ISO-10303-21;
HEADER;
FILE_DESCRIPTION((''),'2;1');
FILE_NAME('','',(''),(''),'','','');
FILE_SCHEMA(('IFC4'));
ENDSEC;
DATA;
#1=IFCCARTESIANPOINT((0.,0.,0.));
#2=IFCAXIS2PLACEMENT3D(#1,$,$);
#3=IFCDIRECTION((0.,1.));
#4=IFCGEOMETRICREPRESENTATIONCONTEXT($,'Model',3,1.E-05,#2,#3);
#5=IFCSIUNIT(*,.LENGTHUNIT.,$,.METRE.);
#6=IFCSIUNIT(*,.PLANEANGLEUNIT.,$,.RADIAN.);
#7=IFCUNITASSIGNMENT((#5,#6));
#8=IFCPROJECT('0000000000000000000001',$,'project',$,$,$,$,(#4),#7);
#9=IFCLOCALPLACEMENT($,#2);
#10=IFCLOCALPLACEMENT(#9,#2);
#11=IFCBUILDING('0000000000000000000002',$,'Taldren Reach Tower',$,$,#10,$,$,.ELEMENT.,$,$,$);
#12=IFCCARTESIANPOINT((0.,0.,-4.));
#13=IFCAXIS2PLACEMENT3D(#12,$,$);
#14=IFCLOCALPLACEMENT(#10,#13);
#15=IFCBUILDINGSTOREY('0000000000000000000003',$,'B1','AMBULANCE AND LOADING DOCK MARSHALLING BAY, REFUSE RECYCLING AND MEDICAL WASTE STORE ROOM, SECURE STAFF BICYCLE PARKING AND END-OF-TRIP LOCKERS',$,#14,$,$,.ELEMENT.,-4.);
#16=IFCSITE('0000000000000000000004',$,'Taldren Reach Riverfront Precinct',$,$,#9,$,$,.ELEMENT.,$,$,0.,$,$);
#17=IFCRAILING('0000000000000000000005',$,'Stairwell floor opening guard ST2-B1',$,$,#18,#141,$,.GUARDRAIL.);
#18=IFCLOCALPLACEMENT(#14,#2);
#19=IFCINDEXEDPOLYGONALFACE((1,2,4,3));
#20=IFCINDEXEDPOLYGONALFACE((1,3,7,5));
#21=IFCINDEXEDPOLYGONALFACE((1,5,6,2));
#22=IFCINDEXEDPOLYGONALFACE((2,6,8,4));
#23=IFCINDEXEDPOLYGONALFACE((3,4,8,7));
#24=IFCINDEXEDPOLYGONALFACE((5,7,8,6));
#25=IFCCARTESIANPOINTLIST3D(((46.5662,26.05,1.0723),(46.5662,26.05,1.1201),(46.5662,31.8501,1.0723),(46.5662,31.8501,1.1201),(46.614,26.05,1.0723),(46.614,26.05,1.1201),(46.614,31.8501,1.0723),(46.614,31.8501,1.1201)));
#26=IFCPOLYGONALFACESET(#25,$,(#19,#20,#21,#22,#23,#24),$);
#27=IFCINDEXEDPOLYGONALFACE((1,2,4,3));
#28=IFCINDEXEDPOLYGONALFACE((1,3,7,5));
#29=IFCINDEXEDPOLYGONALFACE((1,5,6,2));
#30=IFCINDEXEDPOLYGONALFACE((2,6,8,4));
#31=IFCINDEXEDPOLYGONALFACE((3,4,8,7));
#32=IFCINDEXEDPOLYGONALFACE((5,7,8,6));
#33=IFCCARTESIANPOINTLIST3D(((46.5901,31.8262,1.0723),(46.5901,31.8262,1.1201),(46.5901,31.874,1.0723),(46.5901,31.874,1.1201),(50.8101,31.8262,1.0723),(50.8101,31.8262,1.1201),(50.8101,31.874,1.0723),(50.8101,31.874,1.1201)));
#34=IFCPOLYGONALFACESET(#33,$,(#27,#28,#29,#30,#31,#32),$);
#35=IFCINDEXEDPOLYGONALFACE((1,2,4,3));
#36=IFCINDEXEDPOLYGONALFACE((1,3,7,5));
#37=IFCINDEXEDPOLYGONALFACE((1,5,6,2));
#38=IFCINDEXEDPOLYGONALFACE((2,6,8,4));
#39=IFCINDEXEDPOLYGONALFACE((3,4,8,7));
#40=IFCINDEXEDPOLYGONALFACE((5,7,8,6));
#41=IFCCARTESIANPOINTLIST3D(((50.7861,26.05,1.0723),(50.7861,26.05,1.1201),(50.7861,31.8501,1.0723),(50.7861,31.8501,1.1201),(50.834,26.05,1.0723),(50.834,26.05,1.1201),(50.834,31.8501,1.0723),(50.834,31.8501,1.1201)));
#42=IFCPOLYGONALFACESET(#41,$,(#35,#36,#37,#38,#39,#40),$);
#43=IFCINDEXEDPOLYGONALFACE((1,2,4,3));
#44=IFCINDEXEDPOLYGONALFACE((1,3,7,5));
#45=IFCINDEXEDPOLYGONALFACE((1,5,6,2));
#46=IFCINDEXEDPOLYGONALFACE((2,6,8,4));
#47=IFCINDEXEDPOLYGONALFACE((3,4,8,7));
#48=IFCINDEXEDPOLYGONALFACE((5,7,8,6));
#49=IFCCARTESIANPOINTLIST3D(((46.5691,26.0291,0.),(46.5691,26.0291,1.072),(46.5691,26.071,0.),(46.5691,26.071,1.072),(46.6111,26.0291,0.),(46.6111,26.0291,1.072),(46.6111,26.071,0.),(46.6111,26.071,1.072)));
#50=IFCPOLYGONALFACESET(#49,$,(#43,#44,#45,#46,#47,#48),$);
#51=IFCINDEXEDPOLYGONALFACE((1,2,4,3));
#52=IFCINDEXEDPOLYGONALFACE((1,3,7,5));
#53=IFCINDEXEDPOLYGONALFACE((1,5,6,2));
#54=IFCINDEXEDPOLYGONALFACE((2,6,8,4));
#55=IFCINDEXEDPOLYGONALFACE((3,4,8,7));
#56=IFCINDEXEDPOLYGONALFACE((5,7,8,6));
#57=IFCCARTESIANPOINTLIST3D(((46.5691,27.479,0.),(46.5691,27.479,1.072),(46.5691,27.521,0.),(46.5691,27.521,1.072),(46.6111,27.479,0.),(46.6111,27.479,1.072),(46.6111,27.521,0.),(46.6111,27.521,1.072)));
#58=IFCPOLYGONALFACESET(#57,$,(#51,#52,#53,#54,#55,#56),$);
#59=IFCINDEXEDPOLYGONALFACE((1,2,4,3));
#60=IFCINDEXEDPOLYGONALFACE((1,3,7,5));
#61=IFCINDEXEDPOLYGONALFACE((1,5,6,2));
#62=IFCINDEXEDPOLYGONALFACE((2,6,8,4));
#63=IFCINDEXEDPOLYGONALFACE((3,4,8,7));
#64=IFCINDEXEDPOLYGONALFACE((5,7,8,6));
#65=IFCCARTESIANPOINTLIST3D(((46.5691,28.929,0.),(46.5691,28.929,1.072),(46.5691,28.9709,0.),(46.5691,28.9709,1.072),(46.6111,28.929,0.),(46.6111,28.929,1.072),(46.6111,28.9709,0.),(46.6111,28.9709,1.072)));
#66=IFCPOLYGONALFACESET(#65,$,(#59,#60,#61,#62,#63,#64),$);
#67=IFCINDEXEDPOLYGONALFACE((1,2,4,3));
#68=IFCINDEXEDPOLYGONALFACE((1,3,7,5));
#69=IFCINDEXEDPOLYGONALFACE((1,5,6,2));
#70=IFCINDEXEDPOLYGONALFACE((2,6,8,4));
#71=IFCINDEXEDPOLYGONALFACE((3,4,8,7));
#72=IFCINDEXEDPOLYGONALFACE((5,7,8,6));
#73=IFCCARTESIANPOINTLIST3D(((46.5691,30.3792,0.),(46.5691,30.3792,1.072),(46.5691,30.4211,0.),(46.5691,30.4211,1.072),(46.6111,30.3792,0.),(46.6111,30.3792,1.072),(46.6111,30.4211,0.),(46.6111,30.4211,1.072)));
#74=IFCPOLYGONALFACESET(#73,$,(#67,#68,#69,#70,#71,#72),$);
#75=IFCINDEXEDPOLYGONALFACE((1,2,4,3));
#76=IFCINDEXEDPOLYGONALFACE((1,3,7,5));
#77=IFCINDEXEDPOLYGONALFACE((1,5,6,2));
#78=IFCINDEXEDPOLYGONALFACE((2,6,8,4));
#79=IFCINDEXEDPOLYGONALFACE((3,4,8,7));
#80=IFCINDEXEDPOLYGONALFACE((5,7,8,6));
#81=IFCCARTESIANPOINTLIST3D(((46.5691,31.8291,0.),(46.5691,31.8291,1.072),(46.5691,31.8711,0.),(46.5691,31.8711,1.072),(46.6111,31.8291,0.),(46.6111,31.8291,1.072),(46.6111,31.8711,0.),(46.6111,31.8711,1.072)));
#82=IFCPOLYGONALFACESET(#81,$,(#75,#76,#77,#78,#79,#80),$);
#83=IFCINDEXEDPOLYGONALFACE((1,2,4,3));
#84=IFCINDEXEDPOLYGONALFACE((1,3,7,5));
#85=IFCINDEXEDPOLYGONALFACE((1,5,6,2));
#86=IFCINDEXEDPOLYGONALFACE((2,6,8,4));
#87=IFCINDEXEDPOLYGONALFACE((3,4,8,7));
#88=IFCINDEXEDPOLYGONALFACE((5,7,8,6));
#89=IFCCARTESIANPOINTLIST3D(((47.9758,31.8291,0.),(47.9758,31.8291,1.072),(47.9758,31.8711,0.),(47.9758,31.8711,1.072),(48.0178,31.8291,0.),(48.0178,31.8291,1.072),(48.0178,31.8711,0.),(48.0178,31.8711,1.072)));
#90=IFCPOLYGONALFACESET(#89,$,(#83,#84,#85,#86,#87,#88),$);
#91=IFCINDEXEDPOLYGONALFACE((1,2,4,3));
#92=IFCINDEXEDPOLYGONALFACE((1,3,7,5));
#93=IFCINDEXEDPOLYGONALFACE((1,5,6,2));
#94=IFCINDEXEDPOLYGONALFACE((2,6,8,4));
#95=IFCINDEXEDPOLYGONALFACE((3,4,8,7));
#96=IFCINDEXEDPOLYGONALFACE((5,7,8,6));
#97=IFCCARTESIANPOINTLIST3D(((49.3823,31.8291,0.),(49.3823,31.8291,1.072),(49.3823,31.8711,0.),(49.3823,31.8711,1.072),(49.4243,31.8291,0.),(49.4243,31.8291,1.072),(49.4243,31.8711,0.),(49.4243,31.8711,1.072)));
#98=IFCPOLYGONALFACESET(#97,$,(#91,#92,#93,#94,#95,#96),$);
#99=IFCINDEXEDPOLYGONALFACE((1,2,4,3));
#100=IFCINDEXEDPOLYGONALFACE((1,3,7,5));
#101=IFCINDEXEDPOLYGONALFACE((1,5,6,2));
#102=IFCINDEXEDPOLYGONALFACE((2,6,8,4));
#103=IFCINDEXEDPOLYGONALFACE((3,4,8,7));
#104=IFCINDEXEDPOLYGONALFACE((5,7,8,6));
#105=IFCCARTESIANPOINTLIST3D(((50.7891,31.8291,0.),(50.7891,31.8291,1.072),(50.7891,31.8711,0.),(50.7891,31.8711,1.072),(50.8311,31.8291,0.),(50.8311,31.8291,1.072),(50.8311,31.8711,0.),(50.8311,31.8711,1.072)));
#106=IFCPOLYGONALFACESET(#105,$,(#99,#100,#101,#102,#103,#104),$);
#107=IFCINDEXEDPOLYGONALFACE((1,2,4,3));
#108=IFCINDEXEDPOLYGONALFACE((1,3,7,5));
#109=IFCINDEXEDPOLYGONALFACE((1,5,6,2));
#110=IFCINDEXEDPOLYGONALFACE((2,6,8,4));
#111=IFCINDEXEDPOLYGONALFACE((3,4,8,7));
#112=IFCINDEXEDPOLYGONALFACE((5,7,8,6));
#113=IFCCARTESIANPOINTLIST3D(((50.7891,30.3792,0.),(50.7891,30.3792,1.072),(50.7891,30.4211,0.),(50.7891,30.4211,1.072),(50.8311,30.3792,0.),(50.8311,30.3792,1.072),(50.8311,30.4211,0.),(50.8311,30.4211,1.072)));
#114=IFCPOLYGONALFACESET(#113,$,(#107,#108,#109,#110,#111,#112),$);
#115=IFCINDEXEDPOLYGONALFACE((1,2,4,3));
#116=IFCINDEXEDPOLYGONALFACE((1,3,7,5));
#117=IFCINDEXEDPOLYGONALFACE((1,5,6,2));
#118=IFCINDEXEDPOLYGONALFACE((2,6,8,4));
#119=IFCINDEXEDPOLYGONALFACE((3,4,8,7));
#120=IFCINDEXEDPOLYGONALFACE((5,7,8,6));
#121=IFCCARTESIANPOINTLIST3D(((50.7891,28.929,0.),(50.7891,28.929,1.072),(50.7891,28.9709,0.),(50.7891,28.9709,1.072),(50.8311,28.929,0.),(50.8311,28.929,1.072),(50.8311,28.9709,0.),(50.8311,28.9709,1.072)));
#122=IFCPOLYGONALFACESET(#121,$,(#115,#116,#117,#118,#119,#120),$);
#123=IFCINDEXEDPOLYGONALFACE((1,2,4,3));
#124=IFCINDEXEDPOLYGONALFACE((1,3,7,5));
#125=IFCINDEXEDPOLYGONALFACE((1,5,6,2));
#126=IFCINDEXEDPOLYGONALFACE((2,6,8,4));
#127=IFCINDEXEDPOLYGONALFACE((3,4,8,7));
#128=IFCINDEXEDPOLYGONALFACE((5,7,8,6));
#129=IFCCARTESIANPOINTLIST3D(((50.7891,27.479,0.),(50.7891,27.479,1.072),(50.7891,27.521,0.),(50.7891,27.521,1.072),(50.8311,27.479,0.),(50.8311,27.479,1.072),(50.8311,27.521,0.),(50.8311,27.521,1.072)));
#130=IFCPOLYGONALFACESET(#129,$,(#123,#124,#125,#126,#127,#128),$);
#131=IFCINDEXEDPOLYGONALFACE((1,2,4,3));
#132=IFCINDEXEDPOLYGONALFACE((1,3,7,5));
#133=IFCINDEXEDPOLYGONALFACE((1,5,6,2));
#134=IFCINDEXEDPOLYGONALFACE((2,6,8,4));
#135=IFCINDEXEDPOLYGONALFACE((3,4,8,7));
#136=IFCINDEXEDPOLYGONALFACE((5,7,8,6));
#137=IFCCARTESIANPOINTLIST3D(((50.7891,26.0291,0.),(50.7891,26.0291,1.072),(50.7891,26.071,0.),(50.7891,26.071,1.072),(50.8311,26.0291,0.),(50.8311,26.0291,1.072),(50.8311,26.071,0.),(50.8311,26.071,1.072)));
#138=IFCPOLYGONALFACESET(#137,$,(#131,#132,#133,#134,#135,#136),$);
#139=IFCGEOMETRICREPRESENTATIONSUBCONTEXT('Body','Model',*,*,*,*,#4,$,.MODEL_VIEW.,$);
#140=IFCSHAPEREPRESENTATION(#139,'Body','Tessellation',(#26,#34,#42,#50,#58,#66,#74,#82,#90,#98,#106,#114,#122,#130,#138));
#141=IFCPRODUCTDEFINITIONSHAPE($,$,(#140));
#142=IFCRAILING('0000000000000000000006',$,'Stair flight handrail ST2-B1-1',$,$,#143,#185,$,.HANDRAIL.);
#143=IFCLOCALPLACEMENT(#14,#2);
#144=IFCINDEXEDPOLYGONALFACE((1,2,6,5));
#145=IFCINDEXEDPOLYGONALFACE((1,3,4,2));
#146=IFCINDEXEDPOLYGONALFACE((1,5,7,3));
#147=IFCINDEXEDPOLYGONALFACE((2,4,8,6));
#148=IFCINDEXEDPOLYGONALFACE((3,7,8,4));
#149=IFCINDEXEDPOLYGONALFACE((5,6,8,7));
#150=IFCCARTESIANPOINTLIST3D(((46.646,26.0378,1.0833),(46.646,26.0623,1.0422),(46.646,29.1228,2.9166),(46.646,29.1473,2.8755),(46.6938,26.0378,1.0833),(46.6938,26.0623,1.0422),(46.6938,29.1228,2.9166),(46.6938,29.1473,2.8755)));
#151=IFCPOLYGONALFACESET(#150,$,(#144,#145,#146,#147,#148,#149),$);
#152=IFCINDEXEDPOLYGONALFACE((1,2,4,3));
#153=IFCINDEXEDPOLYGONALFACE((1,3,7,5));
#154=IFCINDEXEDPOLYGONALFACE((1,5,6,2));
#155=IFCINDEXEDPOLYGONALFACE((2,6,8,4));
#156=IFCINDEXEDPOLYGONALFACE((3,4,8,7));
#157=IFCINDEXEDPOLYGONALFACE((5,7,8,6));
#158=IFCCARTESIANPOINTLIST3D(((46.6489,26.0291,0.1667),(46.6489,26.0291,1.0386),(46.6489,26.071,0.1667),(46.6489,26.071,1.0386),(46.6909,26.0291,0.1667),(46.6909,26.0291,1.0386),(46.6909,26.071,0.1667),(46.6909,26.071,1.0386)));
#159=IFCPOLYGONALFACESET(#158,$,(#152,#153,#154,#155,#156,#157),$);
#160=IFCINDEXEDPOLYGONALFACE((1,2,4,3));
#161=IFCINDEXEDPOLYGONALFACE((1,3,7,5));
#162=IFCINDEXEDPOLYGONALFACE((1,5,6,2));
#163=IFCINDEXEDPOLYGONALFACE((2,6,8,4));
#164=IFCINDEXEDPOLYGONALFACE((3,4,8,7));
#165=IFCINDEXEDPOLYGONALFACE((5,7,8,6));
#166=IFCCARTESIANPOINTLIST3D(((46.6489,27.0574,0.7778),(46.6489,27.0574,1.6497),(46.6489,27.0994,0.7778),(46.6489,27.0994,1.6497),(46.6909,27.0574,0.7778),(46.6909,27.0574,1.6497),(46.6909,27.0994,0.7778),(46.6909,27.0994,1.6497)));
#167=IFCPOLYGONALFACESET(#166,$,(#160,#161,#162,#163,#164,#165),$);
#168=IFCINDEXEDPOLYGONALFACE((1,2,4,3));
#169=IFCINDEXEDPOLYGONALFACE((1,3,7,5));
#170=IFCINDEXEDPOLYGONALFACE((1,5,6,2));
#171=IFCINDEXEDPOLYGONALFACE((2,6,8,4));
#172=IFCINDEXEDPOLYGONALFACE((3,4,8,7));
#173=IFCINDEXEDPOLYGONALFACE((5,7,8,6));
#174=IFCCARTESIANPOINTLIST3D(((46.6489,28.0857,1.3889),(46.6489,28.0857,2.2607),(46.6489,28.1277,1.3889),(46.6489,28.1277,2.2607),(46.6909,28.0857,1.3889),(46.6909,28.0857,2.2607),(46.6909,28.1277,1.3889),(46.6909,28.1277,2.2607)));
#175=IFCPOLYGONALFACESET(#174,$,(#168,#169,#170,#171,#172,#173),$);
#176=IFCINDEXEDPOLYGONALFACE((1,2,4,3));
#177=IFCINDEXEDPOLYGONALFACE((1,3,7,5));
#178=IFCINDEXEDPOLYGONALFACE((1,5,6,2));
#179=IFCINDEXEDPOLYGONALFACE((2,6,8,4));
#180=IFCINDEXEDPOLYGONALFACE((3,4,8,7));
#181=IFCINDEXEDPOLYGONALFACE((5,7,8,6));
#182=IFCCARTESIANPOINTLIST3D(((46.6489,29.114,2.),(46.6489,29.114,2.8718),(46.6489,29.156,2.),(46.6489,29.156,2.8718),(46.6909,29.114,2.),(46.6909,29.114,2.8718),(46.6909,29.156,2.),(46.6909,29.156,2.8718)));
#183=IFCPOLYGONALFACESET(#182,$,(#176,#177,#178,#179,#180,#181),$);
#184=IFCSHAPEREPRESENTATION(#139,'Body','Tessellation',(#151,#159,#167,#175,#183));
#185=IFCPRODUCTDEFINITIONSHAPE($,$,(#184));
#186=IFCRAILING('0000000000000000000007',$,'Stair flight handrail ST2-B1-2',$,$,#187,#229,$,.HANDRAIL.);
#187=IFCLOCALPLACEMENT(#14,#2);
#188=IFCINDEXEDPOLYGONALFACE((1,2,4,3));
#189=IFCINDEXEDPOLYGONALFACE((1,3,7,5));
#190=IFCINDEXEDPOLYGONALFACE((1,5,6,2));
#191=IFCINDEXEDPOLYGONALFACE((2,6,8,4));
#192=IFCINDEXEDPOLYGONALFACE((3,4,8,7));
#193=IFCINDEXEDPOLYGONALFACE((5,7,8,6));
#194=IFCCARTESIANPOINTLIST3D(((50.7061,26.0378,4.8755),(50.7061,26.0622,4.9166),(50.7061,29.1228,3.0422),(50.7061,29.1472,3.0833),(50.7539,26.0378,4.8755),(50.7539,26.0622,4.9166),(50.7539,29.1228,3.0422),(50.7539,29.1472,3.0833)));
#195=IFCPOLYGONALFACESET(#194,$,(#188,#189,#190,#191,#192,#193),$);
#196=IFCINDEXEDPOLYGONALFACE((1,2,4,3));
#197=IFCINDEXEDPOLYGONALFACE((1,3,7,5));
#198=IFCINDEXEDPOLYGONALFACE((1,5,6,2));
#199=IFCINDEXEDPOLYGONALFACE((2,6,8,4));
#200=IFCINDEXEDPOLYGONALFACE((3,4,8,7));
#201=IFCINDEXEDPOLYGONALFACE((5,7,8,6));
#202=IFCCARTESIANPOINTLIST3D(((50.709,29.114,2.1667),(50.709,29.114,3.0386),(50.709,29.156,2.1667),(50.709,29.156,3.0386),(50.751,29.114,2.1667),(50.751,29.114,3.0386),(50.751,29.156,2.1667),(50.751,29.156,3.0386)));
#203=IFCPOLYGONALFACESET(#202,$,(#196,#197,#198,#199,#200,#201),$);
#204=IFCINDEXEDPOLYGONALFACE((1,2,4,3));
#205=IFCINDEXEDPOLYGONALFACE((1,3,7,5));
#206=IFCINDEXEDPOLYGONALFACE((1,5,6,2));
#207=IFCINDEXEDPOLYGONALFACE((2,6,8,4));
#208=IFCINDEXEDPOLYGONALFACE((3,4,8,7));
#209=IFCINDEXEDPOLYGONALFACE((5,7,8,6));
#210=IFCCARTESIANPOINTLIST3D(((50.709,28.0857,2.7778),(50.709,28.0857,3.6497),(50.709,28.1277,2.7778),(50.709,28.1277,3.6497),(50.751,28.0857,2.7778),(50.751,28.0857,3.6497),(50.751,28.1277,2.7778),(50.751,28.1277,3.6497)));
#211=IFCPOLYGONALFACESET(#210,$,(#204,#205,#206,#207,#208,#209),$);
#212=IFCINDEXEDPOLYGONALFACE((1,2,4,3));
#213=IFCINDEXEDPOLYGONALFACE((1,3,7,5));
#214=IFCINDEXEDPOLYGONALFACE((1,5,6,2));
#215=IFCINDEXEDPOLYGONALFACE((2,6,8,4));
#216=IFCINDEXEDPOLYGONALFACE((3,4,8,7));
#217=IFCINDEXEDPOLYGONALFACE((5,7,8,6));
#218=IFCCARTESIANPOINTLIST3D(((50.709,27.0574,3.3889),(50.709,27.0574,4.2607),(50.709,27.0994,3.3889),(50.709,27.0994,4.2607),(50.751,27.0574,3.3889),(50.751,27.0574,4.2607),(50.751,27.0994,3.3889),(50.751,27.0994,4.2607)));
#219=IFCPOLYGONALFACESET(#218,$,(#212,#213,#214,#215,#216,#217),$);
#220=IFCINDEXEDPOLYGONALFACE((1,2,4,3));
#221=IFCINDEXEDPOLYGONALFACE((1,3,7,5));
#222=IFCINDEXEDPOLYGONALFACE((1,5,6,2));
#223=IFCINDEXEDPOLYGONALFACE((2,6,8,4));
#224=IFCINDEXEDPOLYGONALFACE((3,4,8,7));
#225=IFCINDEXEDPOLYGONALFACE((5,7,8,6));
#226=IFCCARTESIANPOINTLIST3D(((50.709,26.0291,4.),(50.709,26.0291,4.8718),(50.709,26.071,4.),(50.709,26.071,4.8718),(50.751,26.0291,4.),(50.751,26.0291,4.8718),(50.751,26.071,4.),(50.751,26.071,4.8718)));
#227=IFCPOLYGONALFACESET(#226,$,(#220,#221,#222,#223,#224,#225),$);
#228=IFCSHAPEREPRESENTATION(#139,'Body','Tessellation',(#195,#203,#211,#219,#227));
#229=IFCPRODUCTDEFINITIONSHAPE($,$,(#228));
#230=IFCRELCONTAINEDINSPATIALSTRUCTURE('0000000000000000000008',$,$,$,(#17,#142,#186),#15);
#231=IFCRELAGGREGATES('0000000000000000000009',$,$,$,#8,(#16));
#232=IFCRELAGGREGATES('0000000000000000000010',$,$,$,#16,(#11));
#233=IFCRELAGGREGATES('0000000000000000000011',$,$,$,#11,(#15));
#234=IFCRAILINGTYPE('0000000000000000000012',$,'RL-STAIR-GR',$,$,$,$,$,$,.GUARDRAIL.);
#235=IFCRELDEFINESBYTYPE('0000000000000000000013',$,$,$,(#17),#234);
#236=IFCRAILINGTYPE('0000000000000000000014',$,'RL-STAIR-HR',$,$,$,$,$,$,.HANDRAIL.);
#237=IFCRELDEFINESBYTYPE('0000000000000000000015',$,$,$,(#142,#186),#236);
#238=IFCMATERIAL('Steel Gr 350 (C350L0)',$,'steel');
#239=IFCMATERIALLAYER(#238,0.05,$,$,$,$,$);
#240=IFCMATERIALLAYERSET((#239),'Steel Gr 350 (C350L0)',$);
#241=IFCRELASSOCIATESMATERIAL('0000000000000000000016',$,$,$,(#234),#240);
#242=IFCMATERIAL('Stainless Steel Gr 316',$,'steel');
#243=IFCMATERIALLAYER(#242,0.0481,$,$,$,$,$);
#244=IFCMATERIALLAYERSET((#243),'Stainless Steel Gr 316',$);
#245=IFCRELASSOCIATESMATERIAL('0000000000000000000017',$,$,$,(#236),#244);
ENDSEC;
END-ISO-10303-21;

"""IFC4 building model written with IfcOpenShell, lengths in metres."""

from ifc_helpers import new_model, si_unit, direction, frame, origin, origin_2d, place, context, subcontext, project, spatial, rectangle, extrude, material, layer, layer_set, type_object, element, save


model = new_model("IFC4")

# Units and contexts
model_context = context("Model", 3, precision=1e-05, world=origin(), true_north=direction((0.0, 1.0)))
body_context = subcontext(model_context, "Body", "Model", "MODEL_VIEW")
ifc_project = project(units=[si_unit("LENGTHUNIT", "METRE"), si_unit("PLANEANGLEUNIT", "RADIAN")], contexts=[model_context])

# Site, building, storey
site_placement = place(None, origin())
site = spatial("IfcSite", under=ifc_project, at=site_placement, Name="Taldren Reach Riverfront Precinct", CompositionType="ELEMENT", RefElevation=0.0)
building_placement = place(site_placement, origin())
building = spatial("IfcBuilding", under=site, at=building_placement, Name="Taldren Reach Tower", CompositionType="ELEMENT")
storey_placement = place(building_placement, frame((0.0, 0.0, -4.0)))
storey = spatial("IfcBuildingStorey", under=building, at=storey_placement, Name="B1", Description="AMBULANCE AND LOADING DOCK MARSHALLING BAY, REFUSE RECYCLING AND MEDICAL WASTE STORE ROOM, SECURE STAFF BICYCLE PARKING AND END-OF-TRIP LOCKERS", CompositionType="ELEMENT", Elevation=-4.0)

# Railings
ifc_material_1 = material(Name="Steel Gr 350 (C350L0)", Category="steel")
ifc_layer_1 = layer(ifc_material_1, 0.05)
ifc_layer_set_1 = layer_set([ifc_layer_1], Name="Steel Gr 350 (C350L0)")
railing_type_1 = type_object("IfcRailingType", Name="RL-STAIR-GR", PredefinedType="GUARDRAIL", material=ifc_layer_set_1)
railing_1_placement = place(storey_placement, frame((46.5901, 26.05, 0.0)))
element("IfcRailing", 1, at=railing_1_placement, inside=storey, type_object=railing_type_1, Name="Stairwell floor opening guard ST2-B1", PredefinedType="GUARDRAIL", context=body_context, shape_type="SweptSolid", body=[
    extrude(rectangle(XDim=0.0479, YDim=0.0479, at=origin_2d()), frame((0.0, 0.0, 1.0962), z_axis=(0.0, 1.0, 0.0), x_axis=(-1.0, 0.0, 0.0)), (0.0, 0.0, 1.0), 5.8),
    extrude(rectangle(XDim=0.0479, YDim=0.0479, at=origin_2d()), frame((0.0, 5.8, 1.0962), z_axis=(1.0, 0.0, 0.0), x_axis=(0.0, 1.0, 0.0)), (0.0, 0.0, 1.0), 4.22),
    extrude(rectangle(XDim=0.0479, YDim=0.0479, at=origin_2d()), frame((4.22, 5.8, 1.0962), z_axis=(0.0, -1.0, 0.0), x_axis=(1.0, 0.0, 0.0)), (0.0, 0.0, 1.0), 5.8),
    extrude(rectangle(XDim=0.042, YDim=0.042, at=origin_2d()), origin(), (0.0, 0.0, 1.0), 1.072),
    extrude(rectangle(XDim=0.042, YDim=0.042, at=origin_2d()), frame((0.0, 1.45, 0.0)), (0.0, 0.0, 1.0), 1.072),
    extrude(rectangle(XDim=0.042, YDim=0.042, at=origin_2d()), frame((0.0, 2.8999, 0.0)), (0.0, 0.0, 1.0), 1.072),
    extrude(rectangle(XDim=0.042, YDim=0.042, at=origin_2d()), frame((0.0, 4.3501, 0.0)), (0.0, 0.0, 1.0), 1.072),
    extrude(rectangle(XDim=0.042, YDim=0.042, at=origin_2d()), frame((0.0, 5.8, 0.0)), (0.0, 0.0, 1.0), 1.072),
    extrude(rectangle(XDim=0.042, YDim=0.042, at=origin_2d()), frame((1.4067, 5.8, 0.0)), (0.0, 0.0, 1.0), 1.072),
    extrude(rectangle(XDim=0.042, YDim=0.042, at=origin_2d()), frame((2.8132, 5.8, 0.0)), (0.0, 0.0, 1.0), 1.072),
    extrude(rectangle(XDim=0.042, YDim=0.042, at=origin_2d()), frame((4.22, 5.8, 0.0)), (0.0, 0.0, 1.0), 1.072),
    extrude(rectangle(XDim=0.042, YDim=0.042, at=origin_2d()), frame((4.22, 4.3501, 0.0)), (0.0, 0.0, 1.0), 1.072),
    extrude(rectangle(XDim=0.042, YDim=0.042, at=origin_2d()), frame((4.22, 2.8999, 0.0)), (0.0, 0.0, 1.0), 1.072),
    extrude(rectangle(XDim=0.042, YDim=0.042, at=origin_2d()), frame((4.22, 1.45, 0.0)), (0.0, 0.0, 1.0), 1.072),
    extrude(rectangle(XDim=0.042, YDim=0.042, at=origin_2d()), frame((4.22, 0.0, 0.0)), (0.0, 0.0, 1.0), 1.072),
])
ifc_material_2 = material(Name="Stainless Steel Gr 316", Category="steel")
ifc_layer_2 = layer(ifc_material_2, 0.0481)
ifc_layer_set_2 = layer_set([ifc_layer_2], Name="Stainless Steel Gr 316")
railing_type_2 = type_object("IfcRailingType", Name="RL-STAIR-HR", PredefinedType="HANDRAIL", material=ifc_layer_set_2)
railing_2_placement = place(storey_placement, frame((46.6699, 26.05, 0.1667)))
element("IfcRailing", 2, at=railing_2_placement, inside=storey, type_object=railing_type_2, Name="Stair flight handrail ST2-B1-1", PredefinedType="HANDRAIL", context=body_context, shape_type="SweptSolid", body=[
    extrude(rectangle(XDim=0.0479, YDim=0.0479, at=origin_2d()), frame((0.0, 0.0, 0.896), z_axis=(0.0, 0.859664, 0.510859), x_axis=(-1.0, 0.0, 0.0)), (0.0, 0.0, 1.0), 3.5886),
    extrude(rectangle(XDim=0.042, YDim=0.042, at=origin_2d()), origin(), (0.0, 0.0, 1.0), 0.8718),
    extrude(rectangle(XDim=0.042, YDim=0.042, at=origin_2d()), frame((0.0, 1.0283, 0.6111)), (0.0, 0.0, 1.0), 0.8718),
    extrude(rectangle(XDim=0.042, YDim=0.042, at=origin_2d()), frame((0.0, 2.0566, 1.2222)), (0.0, 0.0, 1.0), 0.8718),
    extrude(rectangle(XDim=0.042, YDim=0.042, at=origin_2d()), frame((0.0, 3.085, 1.8333)), (0.0, 0.0, 1.0), 0.8718),
])
railing_3_placement = place(storey_placement, frame((50.73, 29.135, 2.1667)))
element("IfcRailing", 3, at=railing_3_placement, inside=storey, type_object=railing_type_2, Name="Stair flight handrail ST2-B1-2", PredefinedType="HANDRAIL", context=body_context, shape_type="SweptSolid", body=[
    extrude(rectangle(XDim=0.0479, YDim=0.0479, at=origin_2d()), frame((0.0, 0.0, 0.896), z_axis=(0.0, -0.859664, 0.510859), x_axis=(1.0, 0.0, 0.0)), (0.0, 0.0, 1.0), 3.5886),
    extrude(rectangle(XDim=0.042, YDim=0.042, at=origin_2d()), origin(), (0.0, 0.0, 1.0), 0.8718),
    extrude(rectangle(XDim=0.042, YDim=0.042, at=origin_2d()), frame((0.0, -1.0283, 0.6111)), (0.0, 0.0, 1.0), 0.8718),
    extrude(rectangle(XDim=0.042, YDim=0.042, at=origin_2d()), frame((0.0, -2.0566, 1.2222)), (0.0, 0.0, 1.0), 0.8718),
    extrude(rectangle(XDim=0.042, YDim=0.042, at=origin_2d()), frame((0.0, -3.085, 1.8333)), (0.0, 0.0, 1.0), 0.8718),
])

save(model, "model.ifc")
